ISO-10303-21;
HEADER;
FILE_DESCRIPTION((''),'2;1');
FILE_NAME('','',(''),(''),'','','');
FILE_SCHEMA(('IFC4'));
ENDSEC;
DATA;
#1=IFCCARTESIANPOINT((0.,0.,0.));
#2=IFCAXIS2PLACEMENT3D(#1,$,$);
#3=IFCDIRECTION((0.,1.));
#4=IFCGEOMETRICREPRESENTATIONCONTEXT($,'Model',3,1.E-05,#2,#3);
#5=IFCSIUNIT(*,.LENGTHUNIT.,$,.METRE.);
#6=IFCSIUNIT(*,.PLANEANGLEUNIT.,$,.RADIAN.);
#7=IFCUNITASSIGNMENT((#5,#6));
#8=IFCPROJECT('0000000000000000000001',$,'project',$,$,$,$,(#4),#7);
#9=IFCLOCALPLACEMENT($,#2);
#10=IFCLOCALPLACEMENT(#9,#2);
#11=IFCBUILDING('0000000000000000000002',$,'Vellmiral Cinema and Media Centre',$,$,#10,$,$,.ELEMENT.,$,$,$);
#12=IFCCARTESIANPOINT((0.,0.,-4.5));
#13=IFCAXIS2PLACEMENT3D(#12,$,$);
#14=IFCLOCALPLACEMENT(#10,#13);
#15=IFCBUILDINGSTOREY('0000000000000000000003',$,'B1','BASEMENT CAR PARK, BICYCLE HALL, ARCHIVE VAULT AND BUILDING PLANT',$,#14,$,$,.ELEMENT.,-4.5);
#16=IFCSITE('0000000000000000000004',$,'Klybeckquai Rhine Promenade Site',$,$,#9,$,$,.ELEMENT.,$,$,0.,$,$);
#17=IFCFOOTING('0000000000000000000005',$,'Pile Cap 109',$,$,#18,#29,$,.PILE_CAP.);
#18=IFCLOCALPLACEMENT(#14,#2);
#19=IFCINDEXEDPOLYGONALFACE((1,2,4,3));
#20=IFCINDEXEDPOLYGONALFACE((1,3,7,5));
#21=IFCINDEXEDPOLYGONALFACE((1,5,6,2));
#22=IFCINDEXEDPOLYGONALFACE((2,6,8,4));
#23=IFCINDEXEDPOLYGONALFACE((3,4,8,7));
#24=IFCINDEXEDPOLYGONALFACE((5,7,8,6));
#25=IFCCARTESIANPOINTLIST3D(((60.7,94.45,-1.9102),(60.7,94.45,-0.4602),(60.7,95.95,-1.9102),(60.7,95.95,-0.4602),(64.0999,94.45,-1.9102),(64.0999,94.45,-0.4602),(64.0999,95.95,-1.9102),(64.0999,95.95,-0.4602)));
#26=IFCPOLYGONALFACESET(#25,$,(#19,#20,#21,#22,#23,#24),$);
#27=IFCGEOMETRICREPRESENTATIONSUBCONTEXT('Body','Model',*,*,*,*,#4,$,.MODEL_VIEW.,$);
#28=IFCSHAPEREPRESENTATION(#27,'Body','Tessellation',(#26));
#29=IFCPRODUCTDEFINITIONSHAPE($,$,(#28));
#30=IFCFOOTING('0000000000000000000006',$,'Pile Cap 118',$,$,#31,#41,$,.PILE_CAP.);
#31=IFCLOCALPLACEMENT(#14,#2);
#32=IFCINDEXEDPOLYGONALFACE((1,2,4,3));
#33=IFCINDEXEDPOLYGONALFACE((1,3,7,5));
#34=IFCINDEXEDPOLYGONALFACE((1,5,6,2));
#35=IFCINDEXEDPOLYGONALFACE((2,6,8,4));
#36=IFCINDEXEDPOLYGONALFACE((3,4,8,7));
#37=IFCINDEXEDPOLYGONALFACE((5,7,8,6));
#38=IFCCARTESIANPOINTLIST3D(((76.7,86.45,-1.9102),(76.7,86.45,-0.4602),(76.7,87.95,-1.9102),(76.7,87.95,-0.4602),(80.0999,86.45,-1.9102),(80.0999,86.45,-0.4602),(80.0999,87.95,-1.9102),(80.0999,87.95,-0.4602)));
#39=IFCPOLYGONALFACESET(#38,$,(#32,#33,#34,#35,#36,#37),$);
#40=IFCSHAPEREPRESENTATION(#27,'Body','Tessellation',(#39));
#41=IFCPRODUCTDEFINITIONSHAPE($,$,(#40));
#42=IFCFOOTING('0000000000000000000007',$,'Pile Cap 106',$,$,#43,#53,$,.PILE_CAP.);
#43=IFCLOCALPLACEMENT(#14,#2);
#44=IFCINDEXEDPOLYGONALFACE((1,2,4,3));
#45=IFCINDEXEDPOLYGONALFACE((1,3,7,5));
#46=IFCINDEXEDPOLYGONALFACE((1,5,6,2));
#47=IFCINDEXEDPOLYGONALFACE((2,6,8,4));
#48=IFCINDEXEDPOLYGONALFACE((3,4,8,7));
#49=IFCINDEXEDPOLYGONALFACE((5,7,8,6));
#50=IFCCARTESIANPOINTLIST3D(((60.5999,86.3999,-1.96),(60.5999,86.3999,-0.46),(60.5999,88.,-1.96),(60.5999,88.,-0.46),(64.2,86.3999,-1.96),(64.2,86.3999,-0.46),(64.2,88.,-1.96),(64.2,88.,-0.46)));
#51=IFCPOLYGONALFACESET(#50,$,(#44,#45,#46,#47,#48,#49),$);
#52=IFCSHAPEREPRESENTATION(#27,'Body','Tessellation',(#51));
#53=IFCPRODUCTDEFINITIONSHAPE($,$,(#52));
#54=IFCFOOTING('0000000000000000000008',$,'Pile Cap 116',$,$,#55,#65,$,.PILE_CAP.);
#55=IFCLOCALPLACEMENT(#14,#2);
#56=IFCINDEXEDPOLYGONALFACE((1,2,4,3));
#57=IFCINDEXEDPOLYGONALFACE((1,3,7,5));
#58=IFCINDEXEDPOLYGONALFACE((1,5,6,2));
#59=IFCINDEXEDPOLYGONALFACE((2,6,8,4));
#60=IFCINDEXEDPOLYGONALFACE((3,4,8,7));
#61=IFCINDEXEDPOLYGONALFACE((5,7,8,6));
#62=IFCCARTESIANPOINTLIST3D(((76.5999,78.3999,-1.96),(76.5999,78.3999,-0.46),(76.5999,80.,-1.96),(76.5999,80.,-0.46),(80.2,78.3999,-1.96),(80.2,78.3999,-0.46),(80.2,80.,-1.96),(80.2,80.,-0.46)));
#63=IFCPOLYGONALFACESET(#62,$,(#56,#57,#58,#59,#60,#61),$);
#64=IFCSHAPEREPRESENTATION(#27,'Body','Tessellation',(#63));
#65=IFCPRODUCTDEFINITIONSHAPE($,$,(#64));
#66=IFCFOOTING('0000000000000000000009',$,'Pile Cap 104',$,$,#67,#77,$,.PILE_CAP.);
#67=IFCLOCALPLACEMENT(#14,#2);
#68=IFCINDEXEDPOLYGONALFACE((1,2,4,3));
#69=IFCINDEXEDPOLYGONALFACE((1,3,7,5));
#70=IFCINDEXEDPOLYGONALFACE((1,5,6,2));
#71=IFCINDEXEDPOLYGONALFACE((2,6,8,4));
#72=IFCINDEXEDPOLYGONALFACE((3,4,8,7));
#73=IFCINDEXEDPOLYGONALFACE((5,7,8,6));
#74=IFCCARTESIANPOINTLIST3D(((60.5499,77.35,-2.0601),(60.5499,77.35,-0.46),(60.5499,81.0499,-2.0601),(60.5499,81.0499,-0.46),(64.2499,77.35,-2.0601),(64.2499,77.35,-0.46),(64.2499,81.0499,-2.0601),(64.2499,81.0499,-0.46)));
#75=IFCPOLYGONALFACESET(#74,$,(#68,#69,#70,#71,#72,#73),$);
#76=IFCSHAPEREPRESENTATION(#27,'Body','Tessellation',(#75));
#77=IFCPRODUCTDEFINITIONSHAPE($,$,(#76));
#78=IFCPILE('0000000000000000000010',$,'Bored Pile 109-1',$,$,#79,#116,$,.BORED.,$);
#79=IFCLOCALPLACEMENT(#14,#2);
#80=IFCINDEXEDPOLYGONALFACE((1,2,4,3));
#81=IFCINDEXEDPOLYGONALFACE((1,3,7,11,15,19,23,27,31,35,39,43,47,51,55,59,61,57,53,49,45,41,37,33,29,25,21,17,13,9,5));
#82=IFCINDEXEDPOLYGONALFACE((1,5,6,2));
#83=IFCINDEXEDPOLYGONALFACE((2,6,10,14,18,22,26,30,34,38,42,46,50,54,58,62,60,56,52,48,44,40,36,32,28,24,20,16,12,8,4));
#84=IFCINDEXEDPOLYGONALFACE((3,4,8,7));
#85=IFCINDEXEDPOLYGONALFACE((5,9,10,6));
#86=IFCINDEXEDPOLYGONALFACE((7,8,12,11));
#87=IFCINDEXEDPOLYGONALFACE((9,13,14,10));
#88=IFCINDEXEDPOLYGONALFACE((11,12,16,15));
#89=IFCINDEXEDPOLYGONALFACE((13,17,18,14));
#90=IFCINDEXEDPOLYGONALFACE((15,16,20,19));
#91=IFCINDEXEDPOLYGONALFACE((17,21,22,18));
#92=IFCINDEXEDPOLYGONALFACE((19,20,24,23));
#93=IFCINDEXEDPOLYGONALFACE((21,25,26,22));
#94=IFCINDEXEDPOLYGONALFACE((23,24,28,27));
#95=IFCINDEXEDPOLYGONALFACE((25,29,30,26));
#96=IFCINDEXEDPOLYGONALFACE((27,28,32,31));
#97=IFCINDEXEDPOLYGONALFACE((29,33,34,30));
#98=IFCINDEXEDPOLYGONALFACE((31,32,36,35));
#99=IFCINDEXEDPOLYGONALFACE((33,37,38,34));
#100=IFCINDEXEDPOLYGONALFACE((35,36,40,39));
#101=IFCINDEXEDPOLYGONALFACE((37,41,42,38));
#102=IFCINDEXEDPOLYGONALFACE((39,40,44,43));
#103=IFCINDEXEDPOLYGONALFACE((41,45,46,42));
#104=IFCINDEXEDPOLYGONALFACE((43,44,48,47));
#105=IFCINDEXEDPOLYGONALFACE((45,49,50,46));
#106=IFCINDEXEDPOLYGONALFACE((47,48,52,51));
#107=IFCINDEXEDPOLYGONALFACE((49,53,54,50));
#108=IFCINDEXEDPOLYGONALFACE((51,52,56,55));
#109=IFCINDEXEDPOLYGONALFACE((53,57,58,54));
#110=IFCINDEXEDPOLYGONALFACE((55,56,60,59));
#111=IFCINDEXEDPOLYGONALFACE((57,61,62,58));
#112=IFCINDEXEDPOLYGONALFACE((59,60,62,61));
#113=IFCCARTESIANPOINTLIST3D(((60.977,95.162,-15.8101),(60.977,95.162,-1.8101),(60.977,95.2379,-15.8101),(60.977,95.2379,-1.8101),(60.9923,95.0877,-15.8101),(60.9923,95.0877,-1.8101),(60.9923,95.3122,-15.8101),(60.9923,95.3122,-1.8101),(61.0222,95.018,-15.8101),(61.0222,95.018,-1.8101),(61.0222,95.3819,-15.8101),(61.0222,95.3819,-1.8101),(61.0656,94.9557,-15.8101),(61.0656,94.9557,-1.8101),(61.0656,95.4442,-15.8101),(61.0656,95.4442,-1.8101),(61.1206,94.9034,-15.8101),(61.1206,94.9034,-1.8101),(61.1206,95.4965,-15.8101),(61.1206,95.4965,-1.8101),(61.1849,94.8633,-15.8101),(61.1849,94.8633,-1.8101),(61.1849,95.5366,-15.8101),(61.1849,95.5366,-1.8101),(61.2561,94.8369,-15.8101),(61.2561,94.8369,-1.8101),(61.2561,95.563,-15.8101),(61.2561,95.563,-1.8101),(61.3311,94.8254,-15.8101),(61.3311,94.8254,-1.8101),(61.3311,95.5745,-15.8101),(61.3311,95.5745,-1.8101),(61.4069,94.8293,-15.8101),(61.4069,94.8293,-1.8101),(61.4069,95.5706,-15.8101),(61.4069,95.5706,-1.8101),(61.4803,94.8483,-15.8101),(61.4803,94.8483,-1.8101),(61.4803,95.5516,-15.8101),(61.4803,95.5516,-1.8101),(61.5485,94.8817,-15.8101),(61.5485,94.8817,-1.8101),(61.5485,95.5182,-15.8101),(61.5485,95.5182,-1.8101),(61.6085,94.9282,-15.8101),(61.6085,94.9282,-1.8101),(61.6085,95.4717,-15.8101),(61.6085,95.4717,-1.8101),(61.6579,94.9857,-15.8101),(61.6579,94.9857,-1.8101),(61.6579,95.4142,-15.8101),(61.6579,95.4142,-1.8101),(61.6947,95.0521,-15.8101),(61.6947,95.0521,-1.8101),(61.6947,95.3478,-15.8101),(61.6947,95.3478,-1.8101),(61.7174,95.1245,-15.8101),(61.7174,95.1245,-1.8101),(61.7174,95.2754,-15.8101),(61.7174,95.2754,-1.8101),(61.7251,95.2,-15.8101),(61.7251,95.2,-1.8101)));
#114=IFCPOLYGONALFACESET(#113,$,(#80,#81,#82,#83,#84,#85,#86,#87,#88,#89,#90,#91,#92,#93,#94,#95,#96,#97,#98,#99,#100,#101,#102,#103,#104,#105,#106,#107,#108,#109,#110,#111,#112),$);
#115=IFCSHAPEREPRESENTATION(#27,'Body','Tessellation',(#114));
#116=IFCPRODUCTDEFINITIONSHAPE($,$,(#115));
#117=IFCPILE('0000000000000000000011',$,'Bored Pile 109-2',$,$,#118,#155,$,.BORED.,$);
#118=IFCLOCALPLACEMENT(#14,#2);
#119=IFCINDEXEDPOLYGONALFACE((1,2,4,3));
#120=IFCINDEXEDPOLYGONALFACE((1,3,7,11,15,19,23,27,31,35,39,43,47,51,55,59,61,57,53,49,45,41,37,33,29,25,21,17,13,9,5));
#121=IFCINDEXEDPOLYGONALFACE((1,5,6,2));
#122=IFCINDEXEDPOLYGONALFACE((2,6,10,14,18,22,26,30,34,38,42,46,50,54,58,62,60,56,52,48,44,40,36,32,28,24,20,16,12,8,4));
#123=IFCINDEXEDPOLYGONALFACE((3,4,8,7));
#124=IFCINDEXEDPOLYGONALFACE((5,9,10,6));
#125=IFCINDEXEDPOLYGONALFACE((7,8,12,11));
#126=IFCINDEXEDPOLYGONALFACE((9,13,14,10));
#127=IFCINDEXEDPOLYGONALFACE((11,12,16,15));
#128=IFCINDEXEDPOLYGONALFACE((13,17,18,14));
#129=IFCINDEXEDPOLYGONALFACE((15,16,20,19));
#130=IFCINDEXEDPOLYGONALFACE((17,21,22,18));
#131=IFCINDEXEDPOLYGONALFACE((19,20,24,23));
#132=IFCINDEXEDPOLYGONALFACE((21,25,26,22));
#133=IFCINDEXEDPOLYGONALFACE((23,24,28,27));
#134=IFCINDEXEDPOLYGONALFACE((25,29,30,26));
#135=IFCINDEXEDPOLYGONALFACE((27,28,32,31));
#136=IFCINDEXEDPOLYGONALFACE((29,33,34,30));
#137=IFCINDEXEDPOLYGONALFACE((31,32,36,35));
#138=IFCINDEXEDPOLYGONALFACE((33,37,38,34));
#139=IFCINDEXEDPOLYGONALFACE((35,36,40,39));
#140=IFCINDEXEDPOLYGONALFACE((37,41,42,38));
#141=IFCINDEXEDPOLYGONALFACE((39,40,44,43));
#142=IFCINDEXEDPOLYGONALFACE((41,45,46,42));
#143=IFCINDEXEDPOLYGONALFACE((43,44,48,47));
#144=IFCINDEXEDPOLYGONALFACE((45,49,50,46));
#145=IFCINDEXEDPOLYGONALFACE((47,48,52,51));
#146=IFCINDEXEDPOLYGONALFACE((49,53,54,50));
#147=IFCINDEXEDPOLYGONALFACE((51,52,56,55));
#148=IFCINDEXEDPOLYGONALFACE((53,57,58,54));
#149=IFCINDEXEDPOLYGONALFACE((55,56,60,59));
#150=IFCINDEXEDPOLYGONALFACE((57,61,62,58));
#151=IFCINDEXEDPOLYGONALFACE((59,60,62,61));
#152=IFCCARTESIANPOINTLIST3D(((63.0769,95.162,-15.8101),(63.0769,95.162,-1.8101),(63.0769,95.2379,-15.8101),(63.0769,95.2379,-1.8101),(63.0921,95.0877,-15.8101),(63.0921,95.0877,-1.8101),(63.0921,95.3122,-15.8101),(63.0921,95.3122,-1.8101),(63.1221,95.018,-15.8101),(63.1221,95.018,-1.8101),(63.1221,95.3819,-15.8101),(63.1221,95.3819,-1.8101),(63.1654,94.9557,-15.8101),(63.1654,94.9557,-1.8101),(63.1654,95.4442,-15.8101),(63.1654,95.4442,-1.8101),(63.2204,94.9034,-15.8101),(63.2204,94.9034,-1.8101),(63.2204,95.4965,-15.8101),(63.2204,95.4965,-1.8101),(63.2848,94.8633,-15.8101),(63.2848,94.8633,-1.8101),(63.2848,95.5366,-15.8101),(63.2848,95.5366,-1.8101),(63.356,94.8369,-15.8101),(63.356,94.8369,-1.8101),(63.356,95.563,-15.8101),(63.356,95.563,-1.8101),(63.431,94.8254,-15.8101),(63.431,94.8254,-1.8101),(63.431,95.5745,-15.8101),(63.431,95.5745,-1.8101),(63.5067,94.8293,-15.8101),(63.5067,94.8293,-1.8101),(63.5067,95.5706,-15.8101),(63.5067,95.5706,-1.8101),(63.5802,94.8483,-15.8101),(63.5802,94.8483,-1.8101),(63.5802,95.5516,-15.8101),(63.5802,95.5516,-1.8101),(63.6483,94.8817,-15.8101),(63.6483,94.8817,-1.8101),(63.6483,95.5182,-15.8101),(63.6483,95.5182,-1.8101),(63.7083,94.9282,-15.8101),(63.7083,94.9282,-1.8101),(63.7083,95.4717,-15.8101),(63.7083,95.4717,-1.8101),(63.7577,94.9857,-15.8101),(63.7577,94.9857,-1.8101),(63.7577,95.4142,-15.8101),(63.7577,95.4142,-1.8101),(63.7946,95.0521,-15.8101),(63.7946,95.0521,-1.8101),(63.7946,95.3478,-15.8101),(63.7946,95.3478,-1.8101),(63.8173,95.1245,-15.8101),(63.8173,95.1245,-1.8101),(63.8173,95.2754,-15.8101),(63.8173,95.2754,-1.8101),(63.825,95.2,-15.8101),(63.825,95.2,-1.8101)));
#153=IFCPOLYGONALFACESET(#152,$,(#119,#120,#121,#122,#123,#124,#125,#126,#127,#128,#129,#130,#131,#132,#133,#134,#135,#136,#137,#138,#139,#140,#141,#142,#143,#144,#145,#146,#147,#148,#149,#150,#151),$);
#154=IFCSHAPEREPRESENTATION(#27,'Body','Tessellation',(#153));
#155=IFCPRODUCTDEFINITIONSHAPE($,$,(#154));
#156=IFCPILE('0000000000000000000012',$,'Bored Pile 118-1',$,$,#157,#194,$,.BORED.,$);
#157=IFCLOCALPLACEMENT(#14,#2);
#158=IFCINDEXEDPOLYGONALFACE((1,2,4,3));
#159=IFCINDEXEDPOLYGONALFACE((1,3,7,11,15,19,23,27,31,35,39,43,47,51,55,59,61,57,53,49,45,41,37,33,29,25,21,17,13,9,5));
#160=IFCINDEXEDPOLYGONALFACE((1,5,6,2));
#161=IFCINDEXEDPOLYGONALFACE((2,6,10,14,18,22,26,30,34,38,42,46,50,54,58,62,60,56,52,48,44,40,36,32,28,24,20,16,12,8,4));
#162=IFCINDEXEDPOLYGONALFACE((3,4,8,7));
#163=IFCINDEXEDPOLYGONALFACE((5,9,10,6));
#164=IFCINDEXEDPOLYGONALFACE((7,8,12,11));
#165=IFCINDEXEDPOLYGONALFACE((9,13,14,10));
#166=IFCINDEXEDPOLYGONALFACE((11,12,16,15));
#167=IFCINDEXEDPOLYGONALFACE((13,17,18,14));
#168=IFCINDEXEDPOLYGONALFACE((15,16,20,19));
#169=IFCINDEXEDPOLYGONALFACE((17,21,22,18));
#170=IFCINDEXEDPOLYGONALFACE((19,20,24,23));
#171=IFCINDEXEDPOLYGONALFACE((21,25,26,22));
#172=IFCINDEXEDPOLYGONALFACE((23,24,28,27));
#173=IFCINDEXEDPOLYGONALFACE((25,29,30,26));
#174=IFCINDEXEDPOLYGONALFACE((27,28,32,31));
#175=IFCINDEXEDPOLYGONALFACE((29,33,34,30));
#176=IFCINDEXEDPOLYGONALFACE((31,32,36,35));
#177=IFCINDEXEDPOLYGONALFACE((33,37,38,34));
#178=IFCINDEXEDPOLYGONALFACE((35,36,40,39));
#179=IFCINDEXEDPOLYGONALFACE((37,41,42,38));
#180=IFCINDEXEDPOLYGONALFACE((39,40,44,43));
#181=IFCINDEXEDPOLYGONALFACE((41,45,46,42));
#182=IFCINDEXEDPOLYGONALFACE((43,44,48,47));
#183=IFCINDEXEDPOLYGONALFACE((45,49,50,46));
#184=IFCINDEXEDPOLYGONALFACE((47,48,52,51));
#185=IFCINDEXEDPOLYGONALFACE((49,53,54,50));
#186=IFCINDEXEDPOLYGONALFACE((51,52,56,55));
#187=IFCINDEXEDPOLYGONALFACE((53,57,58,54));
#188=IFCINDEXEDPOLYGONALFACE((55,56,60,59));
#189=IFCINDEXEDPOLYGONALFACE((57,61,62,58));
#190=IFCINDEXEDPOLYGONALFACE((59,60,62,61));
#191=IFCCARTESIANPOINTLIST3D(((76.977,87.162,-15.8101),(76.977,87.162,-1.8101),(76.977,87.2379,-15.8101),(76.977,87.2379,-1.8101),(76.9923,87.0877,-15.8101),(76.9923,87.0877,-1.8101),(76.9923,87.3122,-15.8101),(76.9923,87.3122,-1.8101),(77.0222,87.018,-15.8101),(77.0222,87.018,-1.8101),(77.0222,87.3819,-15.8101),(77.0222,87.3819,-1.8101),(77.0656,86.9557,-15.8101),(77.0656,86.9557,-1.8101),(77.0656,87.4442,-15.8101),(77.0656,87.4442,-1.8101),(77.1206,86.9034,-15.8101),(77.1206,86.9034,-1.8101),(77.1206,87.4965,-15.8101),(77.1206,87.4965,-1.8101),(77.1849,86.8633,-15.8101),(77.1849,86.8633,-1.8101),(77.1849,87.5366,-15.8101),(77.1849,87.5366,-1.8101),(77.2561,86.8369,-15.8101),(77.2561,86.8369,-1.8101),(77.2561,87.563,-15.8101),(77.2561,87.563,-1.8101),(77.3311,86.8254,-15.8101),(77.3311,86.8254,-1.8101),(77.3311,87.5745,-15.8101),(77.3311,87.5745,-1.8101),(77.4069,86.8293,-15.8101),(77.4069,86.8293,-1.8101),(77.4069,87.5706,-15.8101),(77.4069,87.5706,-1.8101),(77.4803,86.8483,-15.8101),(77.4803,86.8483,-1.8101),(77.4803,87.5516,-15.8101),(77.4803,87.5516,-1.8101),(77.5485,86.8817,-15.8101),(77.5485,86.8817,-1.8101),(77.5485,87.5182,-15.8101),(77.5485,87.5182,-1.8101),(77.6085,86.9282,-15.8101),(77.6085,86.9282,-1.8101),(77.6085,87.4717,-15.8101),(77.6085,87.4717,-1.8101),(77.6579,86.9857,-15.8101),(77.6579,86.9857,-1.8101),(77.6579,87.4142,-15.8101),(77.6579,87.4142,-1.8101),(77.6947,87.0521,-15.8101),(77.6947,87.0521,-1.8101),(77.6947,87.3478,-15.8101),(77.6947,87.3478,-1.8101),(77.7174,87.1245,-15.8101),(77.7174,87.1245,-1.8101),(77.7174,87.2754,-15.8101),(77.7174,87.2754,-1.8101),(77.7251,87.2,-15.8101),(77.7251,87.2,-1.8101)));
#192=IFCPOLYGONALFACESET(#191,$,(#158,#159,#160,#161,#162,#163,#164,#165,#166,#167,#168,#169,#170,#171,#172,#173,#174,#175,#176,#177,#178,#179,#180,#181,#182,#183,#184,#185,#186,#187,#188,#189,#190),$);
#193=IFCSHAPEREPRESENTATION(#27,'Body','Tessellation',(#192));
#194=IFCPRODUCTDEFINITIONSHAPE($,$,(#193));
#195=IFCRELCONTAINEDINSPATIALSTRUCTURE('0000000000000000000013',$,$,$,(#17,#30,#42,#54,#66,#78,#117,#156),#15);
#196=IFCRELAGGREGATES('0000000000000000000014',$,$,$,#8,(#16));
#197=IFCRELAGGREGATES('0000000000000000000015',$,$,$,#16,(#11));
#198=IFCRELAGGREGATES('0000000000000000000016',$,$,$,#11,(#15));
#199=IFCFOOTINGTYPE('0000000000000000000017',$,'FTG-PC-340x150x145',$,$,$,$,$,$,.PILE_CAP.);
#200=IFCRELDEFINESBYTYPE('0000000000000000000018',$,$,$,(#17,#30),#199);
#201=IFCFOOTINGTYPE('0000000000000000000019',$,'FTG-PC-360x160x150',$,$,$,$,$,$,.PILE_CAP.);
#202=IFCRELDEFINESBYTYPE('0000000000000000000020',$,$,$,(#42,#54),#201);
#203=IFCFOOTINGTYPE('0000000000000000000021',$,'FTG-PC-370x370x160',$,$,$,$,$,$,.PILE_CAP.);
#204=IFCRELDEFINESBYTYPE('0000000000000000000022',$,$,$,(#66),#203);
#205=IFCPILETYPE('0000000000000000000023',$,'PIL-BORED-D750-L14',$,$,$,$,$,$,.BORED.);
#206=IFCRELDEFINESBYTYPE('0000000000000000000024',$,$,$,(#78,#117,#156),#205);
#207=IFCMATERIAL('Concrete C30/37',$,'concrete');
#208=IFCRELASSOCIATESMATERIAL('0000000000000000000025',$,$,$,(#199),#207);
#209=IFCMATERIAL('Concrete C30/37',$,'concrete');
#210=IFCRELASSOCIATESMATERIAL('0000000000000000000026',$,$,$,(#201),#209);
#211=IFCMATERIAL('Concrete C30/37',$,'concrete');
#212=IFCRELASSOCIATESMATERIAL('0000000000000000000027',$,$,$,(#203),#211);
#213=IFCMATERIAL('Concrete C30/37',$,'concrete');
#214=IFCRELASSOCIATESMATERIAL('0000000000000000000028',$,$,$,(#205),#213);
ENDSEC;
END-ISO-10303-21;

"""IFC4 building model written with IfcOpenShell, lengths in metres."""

from ifc_helpers import new_model, si_unit, direction, frame, origin, origin_2d, place, context, subcontext, project, spatial, rectangle, circle, extrude, material, material_profile, profile_set, type_object, element, save


model = new_model("IFC4")

# Units and contexts
model_context = context("Model", 3, precision=1e-05, world=origin(), true_north=direction((0.0, 1.0)))
body_context = subcontext(model_context, "Body", "Model", "MODEL_VIEW")
ifc_project = project(units=[si_unit("LENGTHUNIT", "METRE"), si_unit("PLANEANGLEUNIT", "RADIAN")], contexts=[model_context])

# Site, building, storey
site_placement = place(None, origin())
site = spatial("IfcSite", under=ifc_project, at=site_placement, Name="Klybeckquai Rhine Promenade Site", CompositionType="ELEMENT", RefElevation=0.0)
building_placement = place(site_placement, origin())
building = spatial("IfcBuilding", under=site, at=building_placement, Name="Vellmiral Cinema and Media Centre", CompositionType="ELEMENT")
storey_placement = place(building_placement, frame((0.0, 0.0, -4.5)))
storey = spatial("IfcBuildingStorey", under=building, at=storey_placement, Name="B1", Description="BASEMENT CAR PARK, BICYCLE HALL, ARCHIVE VAULT AND BUILDING PLANT", CompositionType="ELEMENT", Elevation=-4.5)

# Footings
ifc_material_1 = material(Name="Concrete C30/37", Category="concrete")
footing_type_1 = type_object("IfcFootingType", Name="FTG-PC-340x150x145", PredefinedType="PILE_CAP", material=ifc_material_1)
for number, where, z_axis, x_axis, name in (
    (1, (62.3999, 95.2, -1.9102), (0.0, 0.0, 1.0), (1.0, 0.0, 0.0), "Pile Cap 109"),
    (2, (78.3999, 87.2, -1.9102), (0.0, 0.0, 1.0), (1.0, 0.0, 0.0), "Pile Cap 118"),
):
    element("IfcFooting", number, at=place(storey_placement, frame(where, z_axis=z_axis, x_axis=x_axis)), inside=storey, type_object=footing_type_1, Name=name, PredefinedType="PILE_CAP", context=body_context, shape_type="SweptSolid", body=[
        extrude(rectangle(XDim=3.3999, YDim=1.5, at=origin_2d()), origin(), (0.0, 0.0, 1.0), 1.45),
    ])
ifc_material_2 = material(Name="Concrete C30/37", Category="concrete")
footing_type_2 = type_object("IfcFootingType", Name="FTG-PC-360x160x150", PredefinedType="PILE_CAP", material=ifc_material_2)
for number, where, z_axis, x_axis, name in (
    (3, (62.3999, 87.2, -1.96), (0.0, 0.0, 1.0), (1.0, 0.0, 0.0), "Pile Cap 106"),
    (4, (78.3999, 79.2, -1.96), (0.0, 0.0, 1.0), (1.0, 0.0, 0.0), "Pile Cap 116"),
):
    element("IfcFooting", number, at=place(storey_placement, frame(where, z_axis=z_axis, x_axis=x_axis)), inside=storey, type_object=footing_type_2, Name=name, PredefinedType="PILE_CAP", context=body_context, shape_type="SweptSolid", body=[
        extrude(rectangle(XDim=3.6001, YDim=1.6001, at=origin_2d()), origin(), (0.0, 0.0, 1.0), 1.5),
    ])
ifc_material_3 = material(Name="Concrete C30/37", Category="concrete")
footing_type_3 = type_object("IfcFootingType", Name="FTG-PC-370x370x160", PredefinedType="PILE_CAP", material=ifc_material_3)
footing_placement = place(storey_placement, frame((62.3999, 79.2, -2.0601), z_axis=(0.0, 0.0, 1.0), x_axis=(1.0, 0.0, 0.0)))
element("IfcFooting", 5, at=footing_placement, inside=storey, type_object=footing_type_3, Name="Pile Cap 104", PredefinedType="PILE_CAP", context=body_context, shape_type="SweptSolid", body=[
    extrude(rectangle(XDim=3.7, YDim=3.7, at=origin_2d()), origin(), (0.0, 0.0, 1.0), 1.6001),
])

# Piles
ifc_material_4 = material(Name="Concrete C30/37", Category="concrete")
ifc_material_profile_1 = material_profile(ifc_material_4, circle(Radius=0.375, at=origin_2d()), Name="PILE D750")
ifc_profile_set_1 = profile_set([ifc_material_profile_1], Name="Concrete C30/37")
pile_type_1 = type_object("IfcPileType", Name="PIL-BORED-D750-L14", PredefinedType="BORED", material=ifc_profile_set_1)
for number, where, z_axis, x_axis, name in (
    (6, (61.3501, 95.2, -1.8101), (0.0, 0.0, -1.0), (1.0, 0.0, 0.0), "Bored Pile 109-1"),
    (7, (63.45, 95.2, -1.8101), (0.0, 0.0, -1.0), (1.0, 0.0, 0.0), "Bored Pile 109-2"),
    (8, (77.3501, 87.2, -1.8101), (0.0, 0.0, -1.0), (1.0, 0.0, 0.0), "Bored Pile 118-1"),
):
    element("IfcPile", number, at=place(storey_placement, frame(where, z_axis=z_axis, x_axis=x_axis)), inside=storey, type_object=pile_type_1, Name=name, PredefinedType="BORED", context=body_context, shape_type="SweptSolid", body=[
        extrude(circle(Radius=0.375, at=origin_2d()), origin(), (0.0, 0.0, 1.0), 14.0),
    ])

save(model, "model.ifc")
